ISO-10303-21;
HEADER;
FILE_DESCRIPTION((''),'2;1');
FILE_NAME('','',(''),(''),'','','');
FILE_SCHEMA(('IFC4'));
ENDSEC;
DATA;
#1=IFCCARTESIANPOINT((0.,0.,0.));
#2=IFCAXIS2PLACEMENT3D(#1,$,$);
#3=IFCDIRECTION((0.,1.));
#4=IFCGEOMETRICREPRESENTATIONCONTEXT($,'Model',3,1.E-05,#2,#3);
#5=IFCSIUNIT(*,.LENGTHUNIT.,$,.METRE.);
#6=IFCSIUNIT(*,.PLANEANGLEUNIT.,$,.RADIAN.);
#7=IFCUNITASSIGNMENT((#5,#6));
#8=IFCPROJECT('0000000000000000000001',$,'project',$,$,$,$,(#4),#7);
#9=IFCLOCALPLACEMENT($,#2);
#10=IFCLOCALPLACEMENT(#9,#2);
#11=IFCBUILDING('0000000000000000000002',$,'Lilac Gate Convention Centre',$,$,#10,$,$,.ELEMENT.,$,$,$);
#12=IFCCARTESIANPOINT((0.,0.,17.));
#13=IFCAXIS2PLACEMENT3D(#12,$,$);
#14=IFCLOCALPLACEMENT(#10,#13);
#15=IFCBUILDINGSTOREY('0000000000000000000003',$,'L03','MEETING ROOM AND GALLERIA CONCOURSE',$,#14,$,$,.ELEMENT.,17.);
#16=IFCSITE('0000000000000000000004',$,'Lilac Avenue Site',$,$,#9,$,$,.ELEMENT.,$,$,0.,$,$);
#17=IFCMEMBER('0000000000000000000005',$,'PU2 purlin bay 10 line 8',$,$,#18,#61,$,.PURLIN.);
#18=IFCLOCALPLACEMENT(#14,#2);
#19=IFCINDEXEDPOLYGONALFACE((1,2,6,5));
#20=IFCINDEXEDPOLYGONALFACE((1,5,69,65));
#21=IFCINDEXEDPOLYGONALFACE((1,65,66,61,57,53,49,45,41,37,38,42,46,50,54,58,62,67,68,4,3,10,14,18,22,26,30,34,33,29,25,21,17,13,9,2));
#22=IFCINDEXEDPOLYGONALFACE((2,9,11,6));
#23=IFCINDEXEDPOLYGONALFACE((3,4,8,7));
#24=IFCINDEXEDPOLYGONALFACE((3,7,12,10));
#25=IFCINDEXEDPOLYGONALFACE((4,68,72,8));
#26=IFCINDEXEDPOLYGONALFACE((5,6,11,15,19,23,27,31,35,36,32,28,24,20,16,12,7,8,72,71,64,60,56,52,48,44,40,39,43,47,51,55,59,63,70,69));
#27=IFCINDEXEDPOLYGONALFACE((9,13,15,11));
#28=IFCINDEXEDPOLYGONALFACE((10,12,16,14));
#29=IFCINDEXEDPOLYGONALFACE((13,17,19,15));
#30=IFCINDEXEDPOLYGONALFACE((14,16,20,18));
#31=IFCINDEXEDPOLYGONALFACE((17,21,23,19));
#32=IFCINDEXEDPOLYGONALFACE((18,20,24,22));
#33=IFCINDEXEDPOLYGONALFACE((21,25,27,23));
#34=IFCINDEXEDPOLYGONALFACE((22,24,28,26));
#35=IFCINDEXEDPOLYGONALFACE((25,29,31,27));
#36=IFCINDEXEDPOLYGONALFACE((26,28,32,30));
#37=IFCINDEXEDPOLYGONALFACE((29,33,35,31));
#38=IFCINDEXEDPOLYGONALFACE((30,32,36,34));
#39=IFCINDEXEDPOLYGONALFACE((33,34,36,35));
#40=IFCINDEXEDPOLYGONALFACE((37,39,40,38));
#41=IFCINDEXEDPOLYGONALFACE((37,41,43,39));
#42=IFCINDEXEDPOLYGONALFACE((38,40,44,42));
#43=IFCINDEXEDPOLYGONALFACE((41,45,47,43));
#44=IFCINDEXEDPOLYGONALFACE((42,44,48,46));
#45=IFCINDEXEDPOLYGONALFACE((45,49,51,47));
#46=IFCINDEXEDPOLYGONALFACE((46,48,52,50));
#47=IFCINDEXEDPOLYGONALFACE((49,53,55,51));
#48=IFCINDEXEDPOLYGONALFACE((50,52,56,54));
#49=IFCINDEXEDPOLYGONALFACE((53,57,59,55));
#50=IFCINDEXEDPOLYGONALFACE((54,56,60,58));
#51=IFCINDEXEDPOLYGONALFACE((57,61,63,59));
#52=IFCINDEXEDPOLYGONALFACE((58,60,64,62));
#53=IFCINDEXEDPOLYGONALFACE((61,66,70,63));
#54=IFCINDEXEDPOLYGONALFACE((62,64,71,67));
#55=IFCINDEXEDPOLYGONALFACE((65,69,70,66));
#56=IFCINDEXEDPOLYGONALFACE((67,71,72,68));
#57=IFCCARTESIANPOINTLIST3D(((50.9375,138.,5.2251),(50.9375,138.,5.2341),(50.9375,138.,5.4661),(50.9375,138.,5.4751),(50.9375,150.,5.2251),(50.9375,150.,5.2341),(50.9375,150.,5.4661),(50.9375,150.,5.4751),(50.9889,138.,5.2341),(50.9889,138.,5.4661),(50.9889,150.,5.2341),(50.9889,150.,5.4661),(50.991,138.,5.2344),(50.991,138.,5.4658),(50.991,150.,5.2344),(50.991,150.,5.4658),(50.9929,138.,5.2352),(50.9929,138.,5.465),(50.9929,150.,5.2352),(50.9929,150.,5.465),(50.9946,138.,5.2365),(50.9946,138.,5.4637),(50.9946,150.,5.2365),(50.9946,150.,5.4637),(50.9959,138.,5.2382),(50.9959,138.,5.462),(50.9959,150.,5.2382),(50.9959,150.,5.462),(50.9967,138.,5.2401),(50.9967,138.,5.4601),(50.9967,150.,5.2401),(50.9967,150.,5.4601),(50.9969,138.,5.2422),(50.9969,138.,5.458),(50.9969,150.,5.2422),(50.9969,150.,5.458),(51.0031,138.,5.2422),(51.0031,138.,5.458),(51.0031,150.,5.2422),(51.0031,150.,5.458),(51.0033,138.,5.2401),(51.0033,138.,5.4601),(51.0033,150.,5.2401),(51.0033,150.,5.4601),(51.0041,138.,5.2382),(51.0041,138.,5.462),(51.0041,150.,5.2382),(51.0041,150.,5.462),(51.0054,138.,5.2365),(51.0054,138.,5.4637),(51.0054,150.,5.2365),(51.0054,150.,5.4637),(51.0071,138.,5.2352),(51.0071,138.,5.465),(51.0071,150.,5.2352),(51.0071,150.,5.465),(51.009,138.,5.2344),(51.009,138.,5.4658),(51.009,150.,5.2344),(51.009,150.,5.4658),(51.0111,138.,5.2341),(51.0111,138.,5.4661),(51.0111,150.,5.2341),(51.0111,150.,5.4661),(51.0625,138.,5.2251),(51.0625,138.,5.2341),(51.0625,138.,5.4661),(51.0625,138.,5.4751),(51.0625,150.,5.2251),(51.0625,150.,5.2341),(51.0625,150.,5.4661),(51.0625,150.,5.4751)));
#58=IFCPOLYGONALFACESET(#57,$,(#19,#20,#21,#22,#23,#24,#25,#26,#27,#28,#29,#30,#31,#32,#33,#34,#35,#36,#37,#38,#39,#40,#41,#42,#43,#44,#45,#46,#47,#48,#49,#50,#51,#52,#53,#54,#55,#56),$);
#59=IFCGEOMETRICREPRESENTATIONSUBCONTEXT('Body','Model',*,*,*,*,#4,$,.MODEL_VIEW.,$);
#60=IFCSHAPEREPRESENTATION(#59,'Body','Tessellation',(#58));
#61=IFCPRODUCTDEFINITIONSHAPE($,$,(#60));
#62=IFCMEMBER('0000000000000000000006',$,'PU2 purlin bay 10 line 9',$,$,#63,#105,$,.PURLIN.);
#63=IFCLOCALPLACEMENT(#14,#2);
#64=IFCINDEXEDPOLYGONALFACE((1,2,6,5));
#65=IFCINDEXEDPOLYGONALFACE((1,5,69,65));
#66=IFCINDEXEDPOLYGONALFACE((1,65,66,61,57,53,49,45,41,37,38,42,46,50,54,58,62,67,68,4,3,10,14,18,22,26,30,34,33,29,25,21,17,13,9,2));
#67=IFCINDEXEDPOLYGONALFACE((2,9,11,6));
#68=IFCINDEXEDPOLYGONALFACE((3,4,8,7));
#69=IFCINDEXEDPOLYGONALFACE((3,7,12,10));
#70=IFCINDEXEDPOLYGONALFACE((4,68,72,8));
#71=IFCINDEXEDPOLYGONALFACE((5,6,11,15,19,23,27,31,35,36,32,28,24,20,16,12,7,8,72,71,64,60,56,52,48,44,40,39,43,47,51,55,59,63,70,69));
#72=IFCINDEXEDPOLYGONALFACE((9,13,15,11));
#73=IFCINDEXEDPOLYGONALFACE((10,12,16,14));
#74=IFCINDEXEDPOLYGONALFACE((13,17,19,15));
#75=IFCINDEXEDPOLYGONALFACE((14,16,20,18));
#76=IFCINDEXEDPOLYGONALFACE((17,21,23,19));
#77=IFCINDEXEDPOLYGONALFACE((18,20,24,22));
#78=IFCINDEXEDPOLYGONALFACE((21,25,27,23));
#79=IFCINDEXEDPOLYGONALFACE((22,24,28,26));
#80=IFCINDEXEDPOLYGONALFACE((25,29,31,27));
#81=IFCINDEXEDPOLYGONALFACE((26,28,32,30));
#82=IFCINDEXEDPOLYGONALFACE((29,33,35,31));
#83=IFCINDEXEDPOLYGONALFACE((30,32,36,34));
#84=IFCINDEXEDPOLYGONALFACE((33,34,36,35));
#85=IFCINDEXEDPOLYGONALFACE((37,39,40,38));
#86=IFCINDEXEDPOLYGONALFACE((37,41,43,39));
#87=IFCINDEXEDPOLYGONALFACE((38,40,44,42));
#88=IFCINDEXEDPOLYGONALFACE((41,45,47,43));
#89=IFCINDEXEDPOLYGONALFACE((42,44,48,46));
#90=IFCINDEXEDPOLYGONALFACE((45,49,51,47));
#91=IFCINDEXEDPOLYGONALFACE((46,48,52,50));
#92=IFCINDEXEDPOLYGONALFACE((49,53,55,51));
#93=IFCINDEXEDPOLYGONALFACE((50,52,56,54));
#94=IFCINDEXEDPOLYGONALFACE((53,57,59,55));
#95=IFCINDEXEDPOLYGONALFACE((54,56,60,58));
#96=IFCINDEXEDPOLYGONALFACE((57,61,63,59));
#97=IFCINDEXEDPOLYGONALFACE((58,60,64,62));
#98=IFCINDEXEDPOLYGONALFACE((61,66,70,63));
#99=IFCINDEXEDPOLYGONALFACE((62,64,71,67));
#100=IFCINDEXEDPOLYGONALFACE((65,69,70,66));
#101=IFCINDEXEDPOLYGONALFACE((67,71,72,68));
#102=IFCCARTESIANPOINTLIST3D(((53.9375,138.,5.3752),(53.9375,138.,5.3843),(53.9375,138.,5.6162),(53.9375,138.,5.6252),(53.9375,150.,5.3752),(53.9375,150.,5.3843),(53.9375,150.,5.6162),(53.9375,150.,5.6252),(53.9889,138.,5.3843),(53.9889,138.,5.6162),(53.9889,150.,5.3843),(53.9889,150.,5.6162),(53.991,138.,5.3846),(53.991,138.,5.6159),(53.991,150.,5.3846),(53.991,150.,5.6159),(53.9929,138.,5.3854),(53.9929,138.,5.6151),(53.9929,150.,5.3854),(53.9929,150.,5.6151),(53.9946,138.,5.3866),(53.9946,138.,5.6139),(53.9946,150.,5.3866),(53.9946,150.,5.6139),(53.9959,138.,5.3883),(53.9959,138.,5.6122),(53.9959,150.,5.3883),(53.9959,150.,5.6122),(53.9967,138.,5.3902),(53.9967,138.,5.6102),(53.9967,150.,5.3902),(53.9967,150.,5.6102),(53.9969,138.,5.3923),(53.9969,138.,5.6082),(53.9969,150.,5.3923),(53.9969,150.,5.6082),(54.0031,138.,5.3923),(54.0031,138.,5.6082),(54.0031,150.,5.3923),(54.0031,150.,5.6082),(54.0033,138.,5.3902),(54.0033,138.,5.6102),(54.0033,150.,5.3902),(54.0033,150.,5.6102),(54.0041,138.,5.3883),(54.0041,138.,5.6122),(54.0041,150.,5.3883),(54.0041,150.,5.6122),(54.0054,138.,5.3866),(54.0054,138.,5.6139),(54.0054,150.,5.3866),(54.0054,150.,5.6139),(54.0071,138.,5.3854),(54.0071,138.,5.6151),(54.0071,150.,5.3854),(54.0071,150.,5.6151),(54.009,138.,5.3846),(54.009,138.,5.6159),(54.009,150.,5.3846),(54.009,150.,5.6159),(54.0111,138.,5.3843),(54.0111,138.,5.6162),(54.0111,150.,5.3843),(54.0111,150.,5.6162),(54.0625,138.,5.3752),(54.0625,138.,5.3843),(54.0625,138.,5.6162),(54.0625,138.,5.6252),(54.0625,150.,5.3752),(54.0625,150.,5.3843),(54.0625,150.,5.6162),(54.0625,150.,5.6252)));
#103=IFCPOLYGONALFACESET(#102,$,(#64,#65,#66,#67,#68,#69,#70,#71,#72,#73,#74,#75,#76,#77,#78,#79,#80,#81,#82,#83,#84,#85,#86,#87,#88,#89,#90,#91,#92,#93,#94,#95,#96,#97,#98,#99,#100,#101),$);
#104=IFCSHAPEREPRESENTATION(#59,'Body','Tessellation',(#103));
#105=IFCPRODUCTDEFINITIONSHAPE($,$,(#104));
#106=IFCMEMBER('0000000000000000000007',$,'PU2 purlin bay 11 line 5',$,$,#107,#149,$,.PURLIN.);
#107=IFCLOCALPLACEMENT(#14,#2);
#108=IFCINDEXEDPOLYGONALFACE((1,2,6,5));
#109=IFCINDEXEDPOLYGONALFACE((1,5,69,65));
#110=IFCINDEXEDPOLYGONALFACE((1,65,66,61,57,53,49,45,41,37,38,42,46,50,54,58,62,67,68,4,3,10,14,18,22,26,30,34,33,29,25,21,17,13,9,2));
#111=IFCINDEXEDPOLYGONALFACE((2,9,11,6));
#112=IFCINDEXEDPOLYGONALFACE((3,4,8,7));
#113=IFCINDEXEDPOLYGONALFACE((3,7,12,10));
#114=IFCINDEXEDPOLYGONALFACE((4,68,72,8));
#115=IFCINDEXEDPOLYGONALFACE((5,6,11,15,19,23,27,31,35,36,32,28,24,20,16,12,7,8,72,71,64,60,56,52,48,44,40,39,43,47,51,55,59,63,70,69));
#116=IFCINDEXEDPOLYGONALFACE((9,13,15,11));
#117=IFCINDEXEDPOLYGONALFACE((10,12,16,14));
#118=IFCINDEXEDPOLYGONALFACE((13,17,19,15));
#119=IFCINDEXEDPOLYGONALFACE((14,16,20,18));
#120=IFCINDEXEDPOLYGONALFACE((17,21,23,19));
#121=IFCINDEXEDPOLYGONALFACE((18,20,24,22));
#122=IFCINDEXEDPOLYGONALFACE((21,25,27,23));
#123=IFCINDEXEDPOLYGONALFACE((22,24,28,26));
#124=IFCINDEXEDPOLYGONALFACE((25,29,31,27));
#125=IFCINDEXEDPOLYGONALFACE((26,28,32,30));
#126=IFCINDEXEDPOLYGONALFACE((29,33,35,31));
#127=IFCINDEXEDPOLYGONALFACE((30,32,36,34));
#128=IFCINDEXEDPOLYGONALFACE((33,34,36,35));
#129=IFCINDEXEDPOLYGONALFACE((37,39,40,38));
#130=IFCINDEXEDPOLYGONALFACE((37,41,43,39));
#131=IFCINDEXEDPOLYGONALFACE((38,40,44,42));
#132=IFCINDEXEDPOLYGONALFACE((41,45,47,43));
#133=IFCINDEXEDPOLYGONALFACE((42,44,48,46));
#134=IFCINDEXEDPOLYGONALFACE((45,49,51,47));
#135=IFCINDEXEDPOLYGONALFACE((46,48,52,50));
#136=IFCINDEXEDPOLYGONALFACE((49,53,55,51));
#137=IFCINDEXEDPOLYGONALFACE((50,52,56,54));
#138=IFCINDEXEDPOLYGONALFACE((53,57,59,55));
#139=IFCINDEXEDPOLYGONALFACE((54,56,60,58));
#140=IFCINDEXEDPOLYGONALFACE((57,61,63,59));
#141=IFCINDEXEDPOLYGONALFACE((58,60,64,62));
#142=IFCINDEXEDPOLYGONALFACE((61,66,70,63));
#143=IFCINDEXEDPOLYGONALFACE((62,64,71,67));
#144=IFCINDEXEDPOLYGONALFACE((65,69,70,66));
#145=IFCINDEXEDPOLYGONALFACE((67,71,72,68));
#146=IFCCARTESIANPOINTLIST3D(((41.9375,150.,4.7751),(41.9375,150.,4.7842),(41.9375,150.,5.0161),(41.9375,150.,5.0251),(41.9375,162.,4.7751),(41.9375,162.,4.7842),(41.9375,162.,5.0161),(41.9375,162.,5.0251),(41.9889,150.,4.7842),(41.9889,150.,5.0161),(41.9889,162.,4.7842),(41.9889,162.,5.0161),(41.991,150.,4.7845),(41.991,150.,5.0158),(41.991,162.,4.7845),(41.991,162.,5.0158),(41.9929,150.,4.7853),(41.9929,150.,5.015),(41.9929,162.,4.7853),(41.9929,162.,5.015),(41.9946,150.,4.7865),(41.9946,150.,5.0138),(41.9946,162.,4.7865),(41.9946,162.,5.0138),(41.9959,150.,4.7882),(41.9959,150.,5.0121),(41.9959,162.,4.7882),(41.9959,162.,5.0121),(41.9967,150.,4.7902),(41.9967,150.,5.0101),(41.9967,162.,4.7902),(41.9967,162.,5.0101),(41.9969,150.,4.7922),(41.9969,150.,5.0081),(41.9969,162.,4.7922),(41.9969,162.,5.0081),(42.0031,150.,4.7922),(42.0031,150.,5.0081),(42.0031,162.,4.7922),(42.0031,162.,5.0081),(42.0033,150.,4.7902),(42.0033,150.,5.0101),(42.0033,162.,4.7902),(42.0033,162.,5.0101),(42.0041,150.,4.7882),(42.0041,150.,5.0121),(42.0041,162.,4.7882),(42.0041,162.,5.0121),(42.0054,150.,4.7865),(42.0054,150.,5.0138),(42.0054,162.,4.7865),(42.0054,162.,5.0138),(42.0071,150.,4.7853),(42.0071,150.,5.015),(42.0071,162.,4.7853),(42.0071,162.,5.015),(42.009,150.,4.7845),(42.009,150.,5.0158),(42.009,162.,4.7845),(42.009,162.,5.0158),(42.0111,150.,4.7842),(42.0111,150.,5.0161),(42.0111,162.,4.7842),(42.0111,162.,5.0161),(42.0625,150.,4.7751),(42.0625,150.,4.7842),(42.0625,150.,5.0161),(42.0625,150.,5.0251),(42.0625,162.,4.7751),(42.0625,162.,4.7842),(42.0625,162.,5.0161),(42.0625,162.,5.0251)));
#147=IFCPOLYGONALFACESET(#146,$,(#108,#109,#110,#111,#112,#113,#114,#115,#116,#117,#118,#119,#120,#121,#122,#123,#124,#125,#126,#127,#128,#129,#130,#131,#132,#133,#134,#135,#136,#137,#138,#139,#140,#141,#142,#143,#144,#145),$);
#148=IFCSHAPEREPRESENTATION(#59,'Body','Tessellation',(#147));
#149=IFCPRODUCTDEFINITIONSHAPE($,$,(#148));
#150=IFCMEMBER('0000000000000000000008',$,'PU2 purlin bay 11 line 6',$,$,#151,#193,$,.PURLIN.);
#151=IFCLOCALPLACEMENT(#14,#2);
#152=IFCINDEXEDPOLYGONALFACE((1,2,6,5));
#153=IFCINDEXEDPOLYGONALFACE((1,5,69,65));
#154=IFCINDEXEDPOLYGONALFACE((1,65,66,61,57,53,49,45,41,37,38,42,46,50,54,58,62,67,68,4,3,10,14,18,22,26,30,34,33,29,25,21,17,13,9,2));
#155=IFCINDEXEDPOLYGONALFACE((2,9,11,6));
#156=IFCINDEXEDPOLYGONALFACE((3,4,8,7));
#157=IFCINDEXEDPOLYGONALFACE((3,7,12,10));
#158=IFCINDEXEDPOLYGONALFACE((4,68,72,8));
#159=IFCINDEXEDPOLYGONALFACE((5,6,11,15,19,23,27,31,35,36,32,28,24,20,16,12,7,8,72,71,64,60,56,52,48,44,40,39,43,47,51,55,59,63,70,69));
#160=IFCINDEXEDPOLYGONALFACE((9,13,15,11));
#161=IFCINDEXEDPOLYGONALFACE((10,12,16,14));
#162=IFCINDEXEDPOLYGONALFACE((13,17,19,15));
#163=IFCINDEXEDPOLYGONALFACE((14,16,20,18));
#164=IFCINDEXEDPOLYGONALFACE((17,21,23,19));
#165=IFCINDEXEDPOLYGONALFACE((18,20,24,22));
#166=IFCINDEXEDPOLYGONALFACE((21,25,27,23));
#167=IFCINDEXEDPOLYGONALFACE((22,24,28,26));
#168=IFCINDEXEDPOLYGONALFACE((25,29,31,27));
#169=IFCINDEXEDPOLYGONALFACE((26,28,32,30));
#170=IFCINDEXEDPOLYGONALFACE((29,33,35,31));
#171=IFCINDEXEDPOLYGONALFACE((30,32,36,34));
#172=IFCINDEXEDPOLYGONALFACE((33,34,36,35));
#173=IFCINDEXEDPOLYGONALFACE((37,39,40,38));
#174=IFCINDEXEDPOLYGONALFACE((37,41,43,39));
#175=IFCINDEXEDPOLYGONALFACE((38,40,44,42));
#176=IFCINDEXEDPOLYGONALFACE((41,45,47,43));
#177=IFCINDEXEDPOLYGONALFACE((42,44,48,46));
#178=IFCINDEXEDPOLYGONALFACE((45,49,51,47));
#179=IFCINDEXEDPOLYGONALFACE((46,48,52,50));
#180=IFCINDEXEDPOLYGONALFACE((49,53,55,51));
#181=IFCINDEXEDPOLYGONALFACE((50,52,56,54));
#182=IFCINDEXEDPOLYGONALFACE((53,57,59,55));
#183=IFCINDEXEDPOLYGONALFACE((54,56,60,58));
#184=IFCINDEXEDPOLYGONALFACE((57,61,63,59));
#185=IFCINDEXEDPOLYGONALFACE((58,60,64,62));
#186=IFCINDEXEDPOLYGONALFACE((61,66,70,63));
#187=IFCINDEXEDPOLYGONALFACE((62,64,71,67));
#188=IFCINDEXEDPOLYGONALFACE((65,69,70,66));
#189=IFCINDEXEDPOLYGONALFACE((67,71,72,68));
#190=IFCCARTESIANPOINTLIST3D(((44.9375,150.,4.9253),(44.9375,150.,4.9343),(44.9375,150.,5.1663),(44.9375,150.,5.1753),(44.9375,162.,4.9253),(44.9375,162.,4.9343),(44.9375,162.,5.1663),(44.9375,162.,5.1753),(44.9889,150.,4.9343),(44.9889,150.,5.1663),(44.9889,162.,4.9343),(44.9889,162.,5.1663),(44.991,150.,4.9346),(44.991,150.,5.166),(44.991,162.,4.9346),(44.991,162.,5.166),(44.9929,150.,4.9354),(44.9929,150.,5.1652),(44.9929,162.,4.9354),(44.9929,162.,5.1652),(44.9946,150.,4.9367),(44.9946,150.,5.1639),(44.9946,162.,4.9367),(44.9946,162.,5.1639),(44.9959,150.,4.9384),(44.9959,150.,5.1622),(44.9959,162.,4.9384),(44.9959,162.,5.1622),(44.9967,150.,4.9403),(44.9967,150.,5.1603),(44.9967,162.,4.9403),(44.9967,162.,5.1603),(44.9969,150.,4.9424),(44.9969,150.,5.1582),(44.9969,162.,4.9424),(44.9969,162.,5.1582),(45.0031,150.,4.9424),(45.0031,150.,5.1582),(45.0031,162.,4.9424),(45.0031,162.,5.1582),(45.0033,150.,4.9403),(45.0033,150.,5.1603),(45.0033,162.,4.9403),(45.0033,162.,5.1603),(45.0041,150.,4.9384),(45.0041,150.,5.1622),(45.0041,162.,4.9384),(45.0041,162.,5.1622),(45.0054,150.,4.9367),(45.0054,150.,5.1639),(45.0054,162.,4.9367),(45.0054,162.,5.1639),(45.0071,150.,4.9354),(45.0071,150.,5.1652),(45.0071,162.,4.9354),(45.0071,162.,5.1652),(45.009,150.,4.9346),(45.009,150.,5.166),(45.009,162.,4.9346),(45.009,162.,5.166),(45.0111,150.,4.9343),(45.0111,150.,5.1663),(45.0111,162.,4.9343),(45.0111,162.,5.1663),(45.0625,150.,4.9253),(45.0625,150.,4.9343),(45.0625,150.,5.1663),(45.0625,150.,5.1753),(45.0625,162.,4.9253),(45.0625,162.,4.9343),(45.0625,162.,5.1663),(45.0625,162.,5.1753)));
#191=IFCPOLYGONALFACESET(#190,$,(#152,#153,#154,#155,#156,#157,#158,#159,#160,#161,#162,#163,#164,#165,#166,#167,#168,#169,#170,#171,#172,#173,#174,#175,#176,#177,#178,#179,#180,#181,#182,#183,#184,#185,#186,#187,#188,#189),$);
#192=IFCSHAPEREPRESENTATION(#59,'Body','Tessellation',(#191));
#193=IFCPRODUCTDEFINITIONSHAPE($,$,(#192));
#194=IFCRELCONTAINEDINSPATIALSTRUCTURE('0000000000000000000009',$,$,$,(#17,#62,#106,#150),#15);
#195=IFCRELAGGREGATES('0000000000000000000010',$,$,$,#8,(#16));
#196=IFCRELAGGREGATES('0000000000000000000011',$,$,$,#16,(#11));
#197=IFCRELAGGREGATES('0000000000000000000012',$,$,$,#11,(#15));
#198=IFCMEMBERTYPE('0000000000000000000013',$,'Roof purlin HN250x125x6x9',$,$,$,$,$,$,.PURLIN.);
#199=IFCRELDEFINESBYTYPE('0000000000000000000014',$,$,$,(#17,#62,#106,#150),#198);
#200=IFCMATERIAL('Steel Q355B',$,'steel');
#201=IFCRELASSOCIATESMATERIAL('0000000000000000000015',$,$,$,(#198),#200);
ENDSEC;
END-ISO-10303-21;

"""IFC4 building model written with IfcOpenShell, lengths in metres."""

from ifc_helpers import new_model, si_unit, direction, frame, origin, origin_2d, place, context, subcontext, project, spatial, i_section, extrude, material, material_profile, profile_set, type_object, element, save


model = new_model("IFC4")

# Units and contexts
model_context = context("Model", 3, precision=1e-05, world=origin(), true_north=direction((0.0, 1.0)))
body_context = subcontext(model_context, "Body", "Model", "MODEL_VIEW")
ifc_project = project(units=[si_unit("LENGTHUNIT", "METRE"), si_unit("PLANEANGLEUNIT", "RADIAN")], contexts=[model_context])

# Site, building, storey
site_placement = place(None, origin())
site = spatial("IfcSite", under=ifc_project, at=site_placement, Name="Lilac Avenue Site", CompositionType="ELEMENT", RefElevation=0.0)
building_placement = place(site_placement, origin())
building = spatial("IfcBuilding", under=site, at=building_placement, Name="Lilac Gate Convention Centre", CompositionType="ELEMENT")
storey_placement = place(building_placement, frame((0.0, 0.0, 17.0)))
storey = spatial("IfcBuildingStorey", under=building, at=storey_placement, Name="L03", Description="MEETING ROOM AND GALLERIA CONCOURSE", CompositionType="ELEMENT", Elevation=17.0)

# Members
ifc_material = material(Name="Steel Q355B", Category="steel")
ifc_material_profile_1 = material_profile(ifc_material, i_section(OverallWidth=0.125, OverallDepth=0.25, WebThickness=0.0061, FlangeThickness=0.009, FilletRadius=0.0081, at=origin_2d()), Name="HN250x125x6x9")
ifc_profile_set_1 = profile_set([ifc_material_profile_1], Name="Steel Q355B")
member_type_1 = type_object("IfcMemberType", Name="Roof purlin HN250x125x6x9", PredefinedType="PURLIN", material=ifc_profile_set_1)
for number, where, z_axis, x_axis, name in (
    (1, (51.0, 138.0, 5.3501), (0.0, 1.0, 0.0), (-1.0, 0.0, 0.0), "PU2 purlin bay 10 line 8"),
    (2, (54.0, 138.0, 5.5002), (0.0, 1.0, 0.0), (-1.0, 0.0, 0.0), "PU2 purlin bay 10 line 9"),
    (3, (42.0, 150.0, 4.9001), (0.0, 1.0, 0.0), (-1.0, 0.0, 0.0), "PU2 purlin bay 11 line 5"),
    (4, (45.0, 150.0, 5.0503), (0.0, 1.0, 0.0), (-1.0, 0.0, 0.0), "PU2 purlin bay 11 line 6"),
):
    element("IfcMember", number, at=place(storey_placement, frame(where, z_axis=z_axis, x_axis=x_axis)), inside=storey, type_object=member_type_1, Name=name, PredefinedType="PURLIN", context=body_context, shape_type="SweptSolid", body=[
        extrude(i_section(OverallWidth=0.125, OverallDepth=0.25, WebThickness=0.0061, FlangeThickness=0.009, FilletRadius=0.0081, at=origin_2d()), origin(), (0.0, 0.0, 1.0), 12.0),
    ])

save(model, "model.ifc")
